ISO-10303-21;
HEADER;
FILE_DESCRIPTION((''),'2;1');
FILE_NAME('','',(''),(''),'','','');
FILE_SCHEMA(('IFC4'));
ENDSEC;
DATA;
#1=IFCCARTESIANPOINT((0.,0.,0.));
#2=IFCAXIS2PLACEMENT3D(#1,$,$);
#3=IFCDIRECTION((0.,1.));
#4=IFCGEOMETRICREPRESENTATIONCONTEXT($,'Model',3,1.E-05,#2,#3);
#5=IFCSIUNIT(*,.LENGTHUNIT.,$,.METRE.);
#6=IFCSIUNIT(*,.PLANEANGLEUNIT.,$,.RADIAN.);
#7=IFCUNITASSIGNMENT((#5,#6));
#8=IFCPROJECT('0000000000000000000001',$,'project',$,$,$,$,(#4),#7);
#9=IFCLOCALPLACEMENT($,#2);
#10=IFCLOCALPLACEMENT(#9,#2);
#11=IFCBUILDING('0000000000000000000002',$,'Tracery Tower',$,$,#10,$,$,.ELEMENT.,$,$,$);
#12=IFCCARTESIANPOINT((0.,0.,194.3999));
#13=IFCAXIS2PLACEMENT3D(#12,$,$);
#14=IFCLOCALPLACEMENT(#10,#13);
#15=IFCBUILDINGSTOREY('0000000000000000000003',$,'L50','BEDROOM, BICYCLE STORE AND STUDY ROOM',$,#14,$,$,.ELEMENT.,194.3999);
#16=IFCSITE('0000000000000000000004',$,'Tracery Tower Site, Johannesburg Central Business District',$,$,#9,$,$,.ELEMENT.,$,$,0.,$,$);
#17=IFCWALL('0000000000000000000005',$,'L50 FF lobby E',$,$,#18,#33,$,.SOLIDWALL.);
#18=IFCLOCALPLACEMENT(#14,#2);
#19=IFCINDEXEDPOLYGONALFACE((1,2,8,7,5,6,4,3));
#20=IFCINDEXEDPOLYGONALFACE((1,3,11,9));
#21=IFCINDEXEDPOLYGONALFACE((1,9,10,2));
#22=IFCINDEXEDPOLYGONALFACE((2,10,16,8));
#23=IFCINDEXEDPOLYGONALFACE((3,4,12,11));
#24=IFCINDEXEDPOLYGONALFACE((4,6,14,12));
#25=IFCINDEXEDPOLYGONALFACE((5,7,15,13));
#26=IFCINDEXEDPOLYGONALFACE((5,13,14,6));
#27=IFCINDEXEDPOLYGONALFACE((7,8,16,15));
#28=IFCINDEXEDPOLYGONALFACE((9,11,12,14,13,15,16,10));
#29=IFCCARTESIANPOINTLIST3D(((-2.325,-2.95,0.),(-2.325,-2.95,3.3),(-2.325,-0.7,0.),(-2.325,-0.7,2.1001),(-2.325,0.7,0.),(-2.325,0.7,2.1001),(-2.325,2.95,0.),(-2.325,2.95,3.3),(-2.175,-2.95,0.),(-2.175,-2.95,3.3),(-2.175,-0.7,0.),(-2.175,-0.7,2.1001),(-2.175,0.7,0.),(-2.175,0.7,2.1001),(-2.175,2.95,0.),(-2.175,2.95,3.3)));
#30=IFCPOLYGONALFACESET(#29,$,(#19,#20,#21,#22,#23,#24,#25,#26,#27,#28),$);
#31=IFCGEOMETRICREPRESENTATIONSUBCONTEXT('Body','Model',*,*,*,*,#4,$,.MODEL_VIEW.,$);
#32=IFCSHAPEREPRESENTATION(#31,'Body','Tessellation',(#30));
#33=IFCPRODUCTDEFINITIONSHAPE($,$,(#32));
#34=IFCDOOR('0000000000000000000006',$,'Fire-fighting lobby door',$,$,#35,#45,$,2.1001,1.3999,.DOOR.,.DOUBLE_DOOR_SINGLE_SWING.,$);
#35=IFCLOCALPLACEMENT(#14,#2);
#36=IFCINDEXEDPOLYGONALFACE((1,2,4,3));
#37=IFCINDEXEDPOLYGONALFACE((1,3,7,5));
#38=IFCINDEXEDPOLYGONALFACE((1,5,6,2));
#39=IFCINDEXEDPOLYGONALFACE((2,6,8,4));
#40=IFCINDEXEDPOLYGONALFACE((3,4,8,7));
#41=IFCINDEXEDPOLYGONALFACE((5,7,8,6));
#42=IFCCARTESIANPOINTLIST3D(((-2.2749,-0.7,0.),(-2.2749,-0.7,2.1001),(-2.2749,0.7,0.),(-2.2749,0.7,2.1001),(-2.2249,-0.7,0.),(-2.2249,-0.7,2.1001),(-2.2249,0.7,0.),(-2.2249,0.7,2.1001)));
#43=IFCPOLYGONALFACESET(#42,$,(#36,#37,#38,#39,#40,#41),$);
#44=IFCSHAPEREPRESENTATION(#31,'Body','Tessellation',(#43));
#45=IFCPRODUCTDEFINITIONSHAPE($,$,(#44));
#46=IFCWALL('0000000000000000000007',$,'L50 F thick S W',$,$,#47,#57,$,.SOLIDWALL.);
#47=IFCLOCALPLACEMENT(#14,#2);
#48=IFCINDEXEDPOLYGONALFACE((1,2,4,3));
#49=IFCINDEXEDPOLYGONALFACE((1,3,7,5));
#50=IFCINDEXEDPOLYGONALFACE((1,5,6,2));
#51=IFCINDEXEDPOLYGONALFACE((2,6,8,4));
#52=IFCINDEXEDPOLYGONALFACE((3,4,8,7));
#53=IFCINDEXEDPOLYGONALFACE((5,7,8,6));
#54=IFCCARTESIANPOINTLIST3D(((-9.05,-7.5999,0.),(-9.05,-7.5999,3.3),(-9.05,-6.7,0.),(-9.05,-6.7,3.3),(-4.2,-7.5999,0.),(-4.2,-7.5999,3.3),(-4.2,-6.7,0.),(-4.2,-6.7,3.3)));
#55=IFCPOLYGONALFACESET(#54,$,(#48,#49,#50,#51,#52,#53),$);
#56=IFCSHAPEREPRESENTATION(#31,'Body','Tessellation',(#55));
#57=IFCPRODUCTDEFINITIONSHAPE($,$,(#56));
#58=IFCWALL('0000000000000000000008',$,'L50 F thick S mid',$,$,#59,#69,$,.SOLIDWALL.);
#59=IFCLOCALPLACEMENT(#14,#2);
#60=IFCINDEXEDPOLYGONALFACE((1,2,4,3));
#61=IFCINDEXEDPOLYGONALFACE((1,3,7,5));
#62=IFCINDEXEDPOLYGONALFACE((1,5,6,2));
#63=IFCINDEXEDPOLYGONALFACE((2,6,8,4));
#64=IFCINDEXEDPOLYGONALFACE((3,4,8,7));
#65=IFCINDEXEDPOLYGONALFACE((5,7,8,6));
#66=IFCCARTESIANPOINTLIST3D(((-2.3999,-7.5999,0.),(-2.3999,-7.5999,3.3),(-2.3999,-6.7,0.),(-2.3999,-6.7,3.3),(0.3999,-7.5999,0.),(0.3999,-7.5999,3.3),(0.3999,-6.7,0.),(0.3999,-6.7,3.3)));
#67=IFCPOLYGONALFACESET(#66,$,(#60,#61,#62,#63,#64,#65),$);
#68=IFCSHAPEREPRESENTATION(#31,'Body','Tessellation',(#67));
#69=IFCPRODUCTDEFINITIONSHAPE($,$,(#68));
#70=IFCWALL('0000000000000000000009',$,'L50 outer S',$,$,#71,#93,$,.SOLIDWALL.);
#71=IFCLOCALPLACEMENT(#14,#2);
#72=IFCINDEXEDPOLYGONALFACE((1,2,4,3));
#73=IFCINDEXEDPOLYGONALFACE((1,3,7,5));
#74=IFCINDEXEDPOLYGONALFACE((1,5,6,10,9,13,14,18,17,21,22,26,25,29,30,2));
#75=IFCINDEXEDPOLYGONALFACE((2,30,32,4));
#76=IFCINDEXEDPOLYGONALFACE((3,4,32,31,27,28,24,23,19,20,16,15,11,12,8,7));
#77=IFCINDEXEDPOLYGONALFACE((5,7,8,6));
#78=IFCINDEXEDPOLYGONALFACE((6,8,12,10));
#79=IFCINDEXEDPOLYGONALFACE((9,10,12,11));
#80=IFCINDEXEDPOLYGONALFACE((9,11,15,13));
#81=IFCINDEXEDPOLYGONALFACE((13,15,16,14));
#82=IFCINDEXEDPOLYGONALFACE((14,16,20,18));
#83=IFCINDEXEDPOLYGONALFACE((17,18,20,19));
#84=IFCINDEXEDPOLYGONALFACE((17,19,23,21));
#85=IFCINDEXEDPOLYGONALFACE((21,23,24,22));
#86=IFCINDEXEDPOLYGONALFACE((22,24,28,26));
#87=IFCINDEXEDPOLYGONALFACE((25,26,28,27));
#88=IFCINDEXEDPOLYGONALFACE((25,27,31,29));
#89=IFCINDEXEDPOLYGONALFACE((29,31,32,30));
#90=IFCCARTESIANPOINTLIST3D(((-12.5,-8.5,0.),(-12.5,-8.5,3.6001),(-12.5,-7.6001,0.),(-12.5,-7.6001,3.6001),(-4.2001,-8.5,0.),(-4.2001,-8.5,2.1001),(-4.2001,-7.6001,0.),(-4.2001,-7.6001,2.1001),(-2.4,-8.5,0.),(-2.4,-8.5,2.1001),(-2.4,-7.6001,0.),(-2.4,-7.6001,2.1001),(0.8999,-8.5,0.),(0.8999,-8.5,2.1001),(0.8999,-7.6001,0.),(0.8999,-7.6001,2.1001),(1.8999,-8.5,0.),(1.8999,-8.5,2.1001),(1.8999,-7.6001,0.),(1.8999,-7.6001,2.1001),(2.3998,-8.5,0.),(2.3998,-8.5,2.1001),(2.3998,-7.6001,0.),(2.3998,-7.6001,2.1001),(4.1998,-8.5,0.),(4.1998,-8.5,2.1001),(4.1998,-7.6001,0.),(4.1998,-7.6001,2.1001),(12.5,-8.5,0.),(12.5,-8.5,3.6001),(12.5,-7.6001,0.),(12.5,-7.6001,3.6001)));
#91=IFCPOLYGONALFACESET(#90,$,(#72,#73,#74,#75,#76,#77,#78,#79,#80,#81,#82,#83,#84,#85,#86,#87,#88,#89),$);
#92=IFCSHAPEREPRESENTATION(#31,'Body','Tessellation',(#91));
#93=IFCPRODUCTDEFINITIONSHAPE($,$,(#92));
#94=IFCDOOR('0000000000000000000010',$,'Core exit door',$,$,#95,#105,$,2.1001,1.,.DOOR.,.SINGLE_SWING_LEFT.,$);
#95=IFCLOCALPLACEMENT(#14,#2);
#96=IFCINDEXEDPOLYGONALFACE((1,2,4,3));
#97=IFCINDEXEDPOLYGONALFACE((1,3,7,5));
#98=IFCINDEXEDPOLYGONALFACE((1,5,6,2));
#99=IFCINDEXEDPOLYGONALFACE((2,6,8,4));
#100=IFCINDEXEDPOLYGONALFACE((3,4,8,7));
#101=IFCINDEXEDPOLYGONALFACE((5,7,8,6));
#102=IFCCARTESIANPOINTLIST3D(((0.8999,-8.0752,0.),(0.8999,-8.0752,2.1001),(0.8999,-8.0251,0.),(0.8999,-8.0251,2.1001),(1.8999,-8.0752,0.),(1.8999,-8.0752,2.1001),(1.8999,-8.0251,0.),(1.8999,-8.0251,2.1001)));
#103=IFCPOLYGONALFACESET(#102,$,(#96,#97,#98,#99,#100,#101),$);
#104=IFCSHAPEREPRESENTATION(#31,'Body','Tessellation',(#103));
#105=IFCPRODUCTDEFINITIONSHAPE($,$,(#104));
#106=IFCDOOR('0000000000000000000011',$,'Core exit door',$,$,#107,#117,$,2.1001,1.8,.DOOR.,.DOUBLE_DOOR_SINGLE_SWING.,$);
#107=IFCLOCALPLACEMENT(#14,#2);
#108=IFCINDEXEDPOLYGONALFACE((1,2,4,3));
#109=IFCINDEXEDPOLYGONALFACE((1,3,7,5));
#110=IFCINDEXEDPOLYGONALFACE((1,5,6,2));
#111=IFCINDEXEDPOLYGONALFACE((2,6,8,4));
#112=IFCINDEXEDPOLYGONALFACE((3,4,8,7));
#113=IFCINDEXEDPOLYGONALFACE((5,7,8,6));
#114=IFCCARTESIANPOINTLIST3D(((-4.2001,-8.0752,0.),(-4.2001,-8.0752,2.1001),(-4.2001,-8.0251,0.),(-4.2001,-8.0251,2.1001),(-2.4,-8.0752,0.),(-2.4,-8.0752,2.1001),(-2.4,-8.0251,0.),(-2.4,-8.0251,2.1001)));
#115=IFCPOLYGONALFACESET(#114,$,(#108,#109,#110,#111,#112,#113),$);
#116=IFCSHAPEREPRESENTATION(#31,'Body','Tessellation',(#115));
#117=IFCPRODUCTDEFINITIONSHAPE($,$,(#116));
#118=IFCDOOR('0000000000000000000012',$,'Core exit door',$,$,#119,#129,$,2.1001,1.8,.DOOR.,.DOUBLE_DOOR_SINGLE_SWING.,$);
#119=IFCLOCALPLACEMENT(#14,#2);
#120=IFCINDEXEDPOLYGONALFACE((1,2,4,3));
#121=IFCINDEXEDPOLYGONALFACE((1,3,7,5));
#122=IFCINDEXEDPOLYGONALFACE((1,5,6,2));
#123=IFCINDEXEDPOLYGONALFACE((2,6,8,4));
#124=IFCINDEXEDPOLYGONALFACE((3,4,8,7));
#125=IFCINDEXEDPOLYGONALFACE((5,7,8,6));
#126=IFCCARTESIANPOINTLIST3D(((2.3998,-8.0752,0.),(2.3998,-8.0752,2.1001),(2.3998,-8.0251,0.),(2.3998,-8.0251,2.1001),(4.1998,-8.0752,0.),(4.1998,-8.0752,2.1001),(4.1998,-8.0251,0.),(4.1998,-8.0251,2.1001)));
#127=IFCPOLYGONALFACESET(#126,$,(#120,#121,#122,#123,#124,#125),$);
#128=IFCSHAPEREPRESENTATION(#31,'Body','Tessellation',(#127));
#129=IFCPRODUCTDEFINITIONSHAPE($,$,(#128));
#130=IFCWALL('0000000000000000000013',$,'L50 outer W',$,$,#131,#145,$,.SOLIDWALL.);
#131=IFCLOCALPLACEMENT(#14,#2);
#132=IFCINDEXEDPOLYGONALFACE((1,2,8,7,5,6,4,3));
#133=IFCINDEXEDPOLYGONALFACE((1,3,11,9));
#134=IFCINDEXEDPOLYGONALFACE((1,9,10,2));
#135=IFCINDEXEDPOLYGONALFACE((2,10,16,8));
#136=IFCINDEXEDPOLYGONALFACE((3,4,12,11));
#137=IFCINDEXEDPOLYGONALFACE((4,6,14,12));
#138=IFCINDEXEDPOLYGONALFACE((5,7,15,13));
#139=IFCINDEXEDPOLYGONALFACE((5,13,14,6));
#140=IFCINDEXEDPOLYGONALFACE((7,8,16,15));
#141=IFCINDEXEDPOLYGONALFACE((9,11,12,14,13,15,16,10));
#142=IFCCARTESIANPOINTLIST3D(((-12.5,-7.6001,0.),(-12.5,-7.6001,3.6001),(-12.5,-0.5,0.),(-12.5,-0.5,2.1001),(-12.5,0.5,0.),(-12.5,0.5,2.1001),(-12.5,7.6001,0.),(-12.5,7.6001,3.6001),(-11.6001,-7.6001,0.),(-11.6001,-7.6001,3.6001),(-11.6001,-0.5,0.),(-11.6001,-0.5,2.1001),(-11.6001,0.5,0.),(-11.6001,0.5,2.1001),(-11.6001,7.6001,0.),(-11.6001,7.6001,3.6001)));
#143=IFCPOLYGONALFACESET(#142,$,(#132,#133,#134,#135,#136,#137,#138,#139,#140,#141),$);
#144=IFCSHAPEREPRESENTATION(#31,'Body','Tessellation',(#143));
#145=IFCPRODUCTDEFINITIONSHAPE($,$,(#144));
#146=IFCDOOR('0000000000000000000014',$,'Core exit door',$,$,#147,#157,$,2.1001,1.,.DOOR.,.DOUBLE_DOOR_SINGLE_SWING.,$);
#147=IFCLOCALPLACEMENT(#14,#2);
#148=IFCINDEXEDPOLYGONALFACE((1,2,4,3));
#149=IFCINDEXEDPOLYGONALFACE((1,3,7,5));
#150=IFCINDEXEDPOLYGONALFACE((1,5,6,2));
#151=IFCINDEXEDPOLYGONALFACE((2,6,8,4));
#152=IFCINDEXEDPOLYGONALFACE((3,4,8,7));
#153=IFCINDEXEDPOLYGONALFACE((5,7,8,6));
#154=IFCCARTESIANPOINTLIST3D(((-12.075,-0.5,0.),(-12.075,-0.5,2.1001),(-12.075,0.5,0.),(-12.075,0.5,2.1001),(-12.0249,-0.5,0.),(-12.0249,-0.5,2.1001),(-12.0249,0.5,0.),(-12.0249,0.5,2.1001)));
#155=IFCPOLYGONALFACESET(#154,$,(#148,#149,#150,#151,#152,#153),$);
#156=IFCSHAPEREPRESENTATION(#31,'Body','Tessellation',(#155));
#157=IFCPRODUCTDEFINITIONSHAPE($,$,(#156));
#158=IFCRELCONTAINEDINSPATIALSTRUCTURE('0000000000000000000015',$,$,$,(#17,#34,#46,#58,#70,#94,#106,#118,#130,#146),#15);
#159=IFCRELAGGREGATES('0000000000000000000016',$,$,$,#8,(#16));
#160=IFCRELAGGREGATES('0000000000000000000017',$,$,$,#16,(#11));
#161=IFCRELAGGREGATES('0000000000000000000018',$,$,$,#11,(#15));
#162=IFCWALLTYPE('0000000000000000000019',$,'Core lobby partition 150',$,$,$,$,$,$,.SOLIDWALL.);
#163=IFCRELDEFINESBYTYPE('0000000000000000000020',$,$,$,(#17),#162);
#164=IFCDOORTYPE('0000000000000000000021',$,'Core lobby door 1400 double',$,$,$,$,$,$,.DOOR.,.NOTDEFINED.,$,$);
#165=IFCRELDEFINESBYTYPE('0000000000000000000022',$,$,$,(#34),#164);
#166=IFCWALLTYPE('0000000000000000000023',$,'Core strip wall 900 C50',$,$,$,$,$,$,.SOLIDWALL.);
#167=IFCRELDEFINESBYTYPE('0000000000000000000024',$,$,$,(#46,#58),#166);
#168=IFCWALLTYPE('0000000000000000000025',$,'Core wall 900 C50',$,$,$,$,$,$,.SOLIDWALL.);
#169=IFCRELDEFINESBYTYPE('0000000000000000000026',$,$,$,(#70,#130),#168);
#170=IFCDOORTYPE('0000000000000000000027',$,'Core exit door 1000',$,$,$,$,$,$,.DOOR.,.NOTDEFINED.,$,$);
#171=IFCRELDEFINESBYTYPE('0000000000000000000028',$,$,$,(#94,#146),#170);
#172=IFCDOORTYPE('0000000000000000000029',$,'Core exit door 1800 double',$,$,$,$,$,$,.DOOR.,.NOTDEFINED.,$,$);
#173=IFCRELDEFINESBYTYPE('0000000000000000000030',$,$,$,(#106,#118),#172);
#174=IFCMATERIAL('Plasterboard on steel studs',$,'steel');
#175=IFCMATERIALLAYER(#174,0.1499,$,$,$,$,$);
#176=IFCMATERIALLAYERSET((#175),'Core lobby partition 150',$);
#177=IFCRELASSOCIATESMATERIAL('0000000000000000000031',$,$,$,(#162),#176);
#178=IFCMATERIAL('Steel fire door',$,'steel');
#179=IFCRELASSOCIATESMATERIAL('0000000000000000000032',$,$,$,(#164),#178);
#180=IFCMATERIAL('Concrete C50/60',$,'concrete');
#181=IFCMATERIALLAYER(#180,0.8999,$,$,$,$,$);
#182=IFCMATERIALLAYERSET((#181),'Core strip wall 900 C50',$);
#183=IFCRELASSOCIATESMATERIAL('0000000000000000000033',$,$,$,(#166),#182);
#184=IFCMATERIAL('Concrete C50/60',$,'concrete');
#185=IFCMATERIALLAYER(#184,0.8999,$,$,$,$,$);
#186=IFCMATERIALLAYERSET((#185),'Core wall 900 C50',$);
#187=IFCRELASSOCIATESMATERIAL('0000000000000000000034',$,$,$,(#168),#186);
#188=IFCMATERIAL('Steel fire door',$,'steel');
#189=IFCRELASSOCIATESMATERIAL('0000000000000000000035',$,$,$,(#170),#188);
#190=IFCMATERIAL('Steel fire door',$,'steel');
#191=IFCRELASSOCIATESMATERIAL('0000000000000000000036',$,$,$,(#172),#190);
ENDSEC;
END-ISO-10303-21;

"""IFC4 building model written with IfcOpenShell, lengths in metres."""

from ifc_helpers import new_model, si_unit, direction, frame, frame_2d, origin, place, context, subcontext, project, spatial, rectangle, extrude, material, layer, layer_set, type_object, element, fill, save


model = new_model("IFC4")

# Units and contexts
model_context = context("Model", 3, precision=1e-05, world=origin(), true_north=direction((0.0, 1.0)))
body_context = subcontext(model_context, "Body", "Model", "MODEL_VIEW")
ifc_project = project(units=[si_unit("LENGTHUNIT", "METRE"), si_unit("PLANEANGLEUNIT", "RADIAN")], contexts=[model_context])

# Site, building, storey
site_placement = place(None, origin())
site = spatial("IfcSite", under=ifc_project, at=site_placement, Name="Tracery Tower Site, Johannesburg Central Business District", CompositionType="ELEMENT", RefElevation=0.0)
building_placement = place(site_placement, origin())
building = spatial("IfcBuilding", under=site, at=building_placement, Name="Tracery Tower", CompositionType="ELEMENT")
storey_placement = place(building_placement, frame((0.0, 0.0, 194.3999)))
storey = spatial("IfcBuildingStorey", under=building, at=storey_placement, Name="L50", Description="BEDROOM, BICYCLE STORE AND STUDY ROOM", CompositionType="ELEMENT", Elevation=194.3999)

# Wall, opening, door
ifc_material_1 = material(Name="Plasterboard on steel studs", Category="steel")
ifc_layer_1 = layer(ifc_material_1, 0.1499)
ifc_layer_set_1 = layer_set([ifc_layer_1], Name="Core lobby partition 150")
wall_type_1 = type_object("IfcWallType", Name="Core lobby partition 150", PredefinedType="SOLIDWALL", material=ifc_layer_set_1)
wall_1_placement = place(storey_placement, frame((-2.25, -2.95, 0.0), z_axis=(0.0, 0.0, 1.0), x_axis=(0.0, 1.0, 0.0)))
wall_1 = element("IfcWall", 1, at=wall_1_placement, inside=storey, type_object=wall_type_1, Name="L50 FF lobby E", PredefinedType="SOLIDWALL", context=body_context, shape_type="SweptSolid", body=[
    extrude(rectangle(XDim=5.8999, YDim=0.1499, at=frame_2d((2.95, 0.0))), origin(), (0.0, 0.0, 1.0), 3.3),
])
opening_1_placement = place(wall_1_placement, frame((2.25, 0.0, 0.0)))
opening_1 = element("IfcOpeningElement", 2, at=opening_1_placement, cuts=wall_1, PredefinedType="OPENING", context=body_context, shape_type="SweptSolid", body=[
    extrude(rectangle(XDim=1.3999, YDim=2.1001, at=frame_2d((0.7, 1.05))), frame((0.0, 0.075, 0.0), z_axis=(0.0, -1.0, 0.0), x_axis=(1.0, 0.0, 0.0)), (0.0, 0.0, 1.0), 0.1499),
])
ifc_material_2 = material(Name="Steel fire door", Category="steel")
door_type_1 = type_object("IfcDoorType", Name="Core lobby door 1400 double", OperationType="NOTDEFINED", PredefinedType="DOOR", material=ifc_material_2)
door_1_placement = place(opening_1_placement, origin())
door_1 = element("IfcDoor", 3, at=door_1_placement, inside=storey, type_object=door_type_1, Name="Fire-fighting lobby door", OperationType="DOUBLE_DOOR_SINGLE_SWING", OverallHeight=2.1001, OverallWidth=1.3999, PredefinedType="DOOR", context=body_context, shape_type="SweptSolid", body=[
    extrude(rectangle(XDim=1.3999, YDim=2.1001, at=frame_2d((0.7, 1.05))), frame((0.0, 0.0249, 0.0), z_axis=(0.0, -1.0, 0.0), x_axis=(1.0, 0.0, 0.0)), (0.0, 0.0, 1.0), 0.05),
])
fill(opening_1, door_1)

# Walls
ifc_material_3 = material(Name="Concrete C50/60", Category="concrete")
ifc_layer_2 = layer(ifc_material_3, 0.8999)
ifc_layer_set_2 = layer_set([ifc_layer_2], Name="Core strip wall 900 C50")
wall_type_2 = type_object("IfcWallType", Name="Core strip wall 900 C50", PredefinedType="SOLIDWALL", material=ifc_layer_set_2)
wall_2_placement = place(storey_placement, frame((-9.05, -7.1499, 0.0), z_axis=(0.0, 0.0, 1.0), x_axis=(1.0, 0.0, 0.0)))
element("IfcWall", 4, at=wall_2_placement, inside=storey, type_object=wall_type_2, Name="L50 F thick S W", PredefinedType="SOLIDWALL", context=body_context, shape_type="SweptSolid", body=[
    extrude(rectangle(XDim=4.8501, YDim=0.8999, at=frame_2d((2.425, 0.0))), origin(), (0.0, 0.0, 1.0), 3.3),
])
wall_3_placement = place(storey_placement, frame((-2.3999, -7.1499, 0.0), z_axis=(0.0, 0.0, 1.0), x_axis=(1.0, 0.0, 0.0)))
element("IfcWall", 5, at=wall_3_placement, inside=storey, type_object=wall_type_2, Name="L50 F thick S mid", PredefinedType="SOLIDWALL", context=body_context, shape_type="SweptSolid", body=[
    extrude(rectangle(XDim=2.7998, YDim=0.8999, at=frame_2d((1.3999, 0.0))), origin(), (0.0, 0.0, 1.0), 3.3),
])

# Wall, openings, doors
ifc_material_4 = material(Name="Concrete C50/60", Category="concrete")
ifc_layer_3 = layer(ifc_material_4, 0.8999)
ifc_layer_set_3 = layer_set([ifc_layer_3], Name="Core wall 900 C50")
wall_type_3 = type_object("IfcWallType", Name="Core wall 900 C50", PredefinedType="SOLIDWALL", material=ifc_layer_set_3)
wall_4_placement = place(storey_placement, frame((-12.5, -8.05, 0.0), z_axis=(0.0, 0.0, 1.0), x_axis=(1.0, 0.0, 0.0)))
wall_4 = element("IfcWall", 6, at=wall_4_placement, inside=storey, type_object=wall_type_3, Name="L50 outer S", PredefinedType="SOLIDWALL", context=body_context, shape_type="SweptSolid", body=[
    extrude(rectangle(XDim=25.0, YDim=0.8999, at=frame_2d((12.5, 0.0))), origin(), (0.0, 0.0, 1.0), 3.6001),
])
opening_2_placement = place(wall_4_placement, frame((13.3999, 0.0, 0.0)))
opening_2 = element("IfcOpeningElement", 7, at=opening_2_placement, cuts=wall_4, PredefinedType="OPENING", context=body_context, shape_type="SweptSolid", body=[
    extrude(rectangle(XDim=1.0, YDim=2.1001, at=frame_2d((0.5, 1.05))), frame((0.0, 0.45, 0.0), z_axis=(0.0, -1.0, 0.0), x_axis=(1.0, 0.0, 0.0)), (0.0, 0.0, 1.0), 0.8999),
])
opening_3_placement = place(wall_4_placement, frame((8.3, 0.0, 0.0)))
opening_3 = element("IfcOpeningElement", 8, at=opening_3_placement, cuts=wall_4, PredefinedType="OPENING", context=body_context, shape_type="SweptSolid", body=[
    extrude(rectangle(XDim=1.8, YDim=2.1001, at=frame_2d((0.8999, 1.05))), frame((0.0, 0.45, 0.0), z_axis=(0.0, -1.0, 0.0), x_axis=(1.0, 0.0, 0.0)), (0.0, 0.0, 1.0), 0.8999),
])
opening_4_placement = place(wall_4_placement, frame((14.8999, 0.0, 0.0)))
opening_4 = element("IfcOpeningElement", 9, at=opening_4_placement, cuts=wall_4, PredefinedType="OPENING", context=body_context, shape_type="SweptSolid", body=[
    extrude(rectangle(XDim=1.8, YDim=2.1001, at=frame_2d((0.8999, 1.05))), frame((0.0, 0.45, 0.0), z_axis=(0.0, -1.0, 0.0), x_axis=(1.0, 0.0, 0.0)), (0.0, 0.0, 1.0), 0.8999),
])
ifc_material_5 = material(Name="Steel fire door", Category="steel")
door_type_2 = type_object("IfcDoorType", Name="Core exit door 1000", OperationType="NOTDEFINED", PredefinedType="DOOR", material=ifc_material_5)
door_2_placement = place(opening_2_placement, origin())
door_2 = element("IfcDoor", 10, at=door_2_placement, inside=storey, type_object=door_type_2, Name="Core exit door", OperationType="SINGLE_SWING_LEFT", OverallHeight=2.1001, OverallWidth=1.0, PredefinedType="DOOR", context=body_context, shape_type="SweptSolid", body=[
    extrude(rectangle(XDim=1.0, YDim=2.1001, at=frame_2d((0.5, 1.05))), frame((0.0, 0.0249, 0.0), z_axis=(0.0, -1.0, 0.0), x_axis=(1.0, 0.0, 0.0)), (0.0, 0.0, 1.0), 0.05),
])
fill(opening_2, door_2)
ifc_material_6 = material(Name="Steel fire door", Category="steel")
door_type_3 = type_object("IfcDoorType", Name="Core exit door 1800 double", OperationType="NOTDEFINED", PredefinedType="DOOR", material=ifc_material_6)
door_3_placement = place(opening_3_placement, origin())
door_3 = element("IfcDoor", 11, at=door_3_placement, inside=storey, type_object=door_type_3, Name="Core exit door", OperationType="DOUBLE_DOOR_SINGLE_SWING", OverallHeight=2.1001, OverallWidth=1.8, PredefinedType="DOOR", context=body_context, shape_type="SweptSolid", body=[
    extrude(rectangle(XDim=1.8, YDim=2.1001, at=frame_2d((0.8999, 1.05))), frame((0.0, 0.0249, 0.0), z_axis=(0.0, -1.0, 0.0), x_axis=(1.0, 0.0, 0.0)), (0.0, 0.0, 1.0), 0.05),
])
fill(opening_3, door_3)
door_4_placement = place(opening_4_placement, origin())
door_4 = element("IfcDoor", 12, at=door_4_placement, inside=storey, type_object=door_type_3, Name="Core exit door", OperationType="DOUBLE_DOOR_SINGLE_SWING", OverallHeight=2.1001, OverallWidth=1.8, PredefinedType="DOOR", context=body_context, shape_type="SweptSolid", body=[
    extrude(rectangle(XDim=1.8, YDim=2.1001, at=frame_2d((0.8999, 1.05))), frame((0.0, 0.0249, 0.0), z_axis=(0.0, -1.0, 0.0), x_axis=(1.0, 0.0, 0.0)), (0.0, 0.0, 1.0), 0.05),
])
fill(opening_4, door_4)

# Wall, opening, door
wall_5_placement = place(storey_placement, frame((-12.05, -7.6001, 0.0), z_axis=(0.0, 0.0, 1.0), x_axis=(0.0, 1.0, 0.0)))
wall_5 = element("IfcWall", 13, at=wall_5_placement, inside=storey, type_object=wall_type_3, Name="L50 outer W", PredefinedType="SOLIDWALL", context=body_context, shape_type="SweptSolid", body=[
    extrude(rectangle(XDim=15.2002, YDim=0.8999, at=frame_2d((7.6001, 0.0))), origin(), (0.0, 0.0, 1.0), 3.6001),
])
opening_5_placement = place(wall_5_placement, frame((7.1001, 0.0, 0.0)))
opening_5 = element("IfcOpeningElement", 14, at=opening_5_placement, cuts=wall_5, PredefinedType="OPENING", context=body_context, shape_type="SweptSolid", body=[
    extrude(rectangle(XDim=1.0, YDim=2.1001, at=frame_2d((0.5, 1.05))), frame((0.0, 0.45, 0.0), z_axis=(0.0, -1.0, 0.0), x_axis=(1.0, 0.0, 0.0)), (0.0, 0.0, 1.0), 0.8999),
])
door_5_placement = place(opening_5_placement, origin())
door_5 = element("IfcDoor", 15, at=door_5_placement, inside=storey, type_object=door_type_2, Name="Core exit door", OperationType="DOUBLE_DOOR_SINGLE_SWING", OverallHeight=2.1001, OverallWidth=1.0, PredefinedType="DOOR", context=body_context, shape_type="SweptSolid", body=[
    extrude(rectangle(XDim=1.0, YDim=2.1001, at=frame_2d((0.5, 1.05))), frame((0.0, 0.0249, 0.0), z_axis=(0.0, -1.0, 0.0), x_axis=(1.0, 0.0, 0.0)), (0.0, 0.0, 1.0), 0.05),
])
fill(opening_5, door_5)

save(model, "model.ifc")
